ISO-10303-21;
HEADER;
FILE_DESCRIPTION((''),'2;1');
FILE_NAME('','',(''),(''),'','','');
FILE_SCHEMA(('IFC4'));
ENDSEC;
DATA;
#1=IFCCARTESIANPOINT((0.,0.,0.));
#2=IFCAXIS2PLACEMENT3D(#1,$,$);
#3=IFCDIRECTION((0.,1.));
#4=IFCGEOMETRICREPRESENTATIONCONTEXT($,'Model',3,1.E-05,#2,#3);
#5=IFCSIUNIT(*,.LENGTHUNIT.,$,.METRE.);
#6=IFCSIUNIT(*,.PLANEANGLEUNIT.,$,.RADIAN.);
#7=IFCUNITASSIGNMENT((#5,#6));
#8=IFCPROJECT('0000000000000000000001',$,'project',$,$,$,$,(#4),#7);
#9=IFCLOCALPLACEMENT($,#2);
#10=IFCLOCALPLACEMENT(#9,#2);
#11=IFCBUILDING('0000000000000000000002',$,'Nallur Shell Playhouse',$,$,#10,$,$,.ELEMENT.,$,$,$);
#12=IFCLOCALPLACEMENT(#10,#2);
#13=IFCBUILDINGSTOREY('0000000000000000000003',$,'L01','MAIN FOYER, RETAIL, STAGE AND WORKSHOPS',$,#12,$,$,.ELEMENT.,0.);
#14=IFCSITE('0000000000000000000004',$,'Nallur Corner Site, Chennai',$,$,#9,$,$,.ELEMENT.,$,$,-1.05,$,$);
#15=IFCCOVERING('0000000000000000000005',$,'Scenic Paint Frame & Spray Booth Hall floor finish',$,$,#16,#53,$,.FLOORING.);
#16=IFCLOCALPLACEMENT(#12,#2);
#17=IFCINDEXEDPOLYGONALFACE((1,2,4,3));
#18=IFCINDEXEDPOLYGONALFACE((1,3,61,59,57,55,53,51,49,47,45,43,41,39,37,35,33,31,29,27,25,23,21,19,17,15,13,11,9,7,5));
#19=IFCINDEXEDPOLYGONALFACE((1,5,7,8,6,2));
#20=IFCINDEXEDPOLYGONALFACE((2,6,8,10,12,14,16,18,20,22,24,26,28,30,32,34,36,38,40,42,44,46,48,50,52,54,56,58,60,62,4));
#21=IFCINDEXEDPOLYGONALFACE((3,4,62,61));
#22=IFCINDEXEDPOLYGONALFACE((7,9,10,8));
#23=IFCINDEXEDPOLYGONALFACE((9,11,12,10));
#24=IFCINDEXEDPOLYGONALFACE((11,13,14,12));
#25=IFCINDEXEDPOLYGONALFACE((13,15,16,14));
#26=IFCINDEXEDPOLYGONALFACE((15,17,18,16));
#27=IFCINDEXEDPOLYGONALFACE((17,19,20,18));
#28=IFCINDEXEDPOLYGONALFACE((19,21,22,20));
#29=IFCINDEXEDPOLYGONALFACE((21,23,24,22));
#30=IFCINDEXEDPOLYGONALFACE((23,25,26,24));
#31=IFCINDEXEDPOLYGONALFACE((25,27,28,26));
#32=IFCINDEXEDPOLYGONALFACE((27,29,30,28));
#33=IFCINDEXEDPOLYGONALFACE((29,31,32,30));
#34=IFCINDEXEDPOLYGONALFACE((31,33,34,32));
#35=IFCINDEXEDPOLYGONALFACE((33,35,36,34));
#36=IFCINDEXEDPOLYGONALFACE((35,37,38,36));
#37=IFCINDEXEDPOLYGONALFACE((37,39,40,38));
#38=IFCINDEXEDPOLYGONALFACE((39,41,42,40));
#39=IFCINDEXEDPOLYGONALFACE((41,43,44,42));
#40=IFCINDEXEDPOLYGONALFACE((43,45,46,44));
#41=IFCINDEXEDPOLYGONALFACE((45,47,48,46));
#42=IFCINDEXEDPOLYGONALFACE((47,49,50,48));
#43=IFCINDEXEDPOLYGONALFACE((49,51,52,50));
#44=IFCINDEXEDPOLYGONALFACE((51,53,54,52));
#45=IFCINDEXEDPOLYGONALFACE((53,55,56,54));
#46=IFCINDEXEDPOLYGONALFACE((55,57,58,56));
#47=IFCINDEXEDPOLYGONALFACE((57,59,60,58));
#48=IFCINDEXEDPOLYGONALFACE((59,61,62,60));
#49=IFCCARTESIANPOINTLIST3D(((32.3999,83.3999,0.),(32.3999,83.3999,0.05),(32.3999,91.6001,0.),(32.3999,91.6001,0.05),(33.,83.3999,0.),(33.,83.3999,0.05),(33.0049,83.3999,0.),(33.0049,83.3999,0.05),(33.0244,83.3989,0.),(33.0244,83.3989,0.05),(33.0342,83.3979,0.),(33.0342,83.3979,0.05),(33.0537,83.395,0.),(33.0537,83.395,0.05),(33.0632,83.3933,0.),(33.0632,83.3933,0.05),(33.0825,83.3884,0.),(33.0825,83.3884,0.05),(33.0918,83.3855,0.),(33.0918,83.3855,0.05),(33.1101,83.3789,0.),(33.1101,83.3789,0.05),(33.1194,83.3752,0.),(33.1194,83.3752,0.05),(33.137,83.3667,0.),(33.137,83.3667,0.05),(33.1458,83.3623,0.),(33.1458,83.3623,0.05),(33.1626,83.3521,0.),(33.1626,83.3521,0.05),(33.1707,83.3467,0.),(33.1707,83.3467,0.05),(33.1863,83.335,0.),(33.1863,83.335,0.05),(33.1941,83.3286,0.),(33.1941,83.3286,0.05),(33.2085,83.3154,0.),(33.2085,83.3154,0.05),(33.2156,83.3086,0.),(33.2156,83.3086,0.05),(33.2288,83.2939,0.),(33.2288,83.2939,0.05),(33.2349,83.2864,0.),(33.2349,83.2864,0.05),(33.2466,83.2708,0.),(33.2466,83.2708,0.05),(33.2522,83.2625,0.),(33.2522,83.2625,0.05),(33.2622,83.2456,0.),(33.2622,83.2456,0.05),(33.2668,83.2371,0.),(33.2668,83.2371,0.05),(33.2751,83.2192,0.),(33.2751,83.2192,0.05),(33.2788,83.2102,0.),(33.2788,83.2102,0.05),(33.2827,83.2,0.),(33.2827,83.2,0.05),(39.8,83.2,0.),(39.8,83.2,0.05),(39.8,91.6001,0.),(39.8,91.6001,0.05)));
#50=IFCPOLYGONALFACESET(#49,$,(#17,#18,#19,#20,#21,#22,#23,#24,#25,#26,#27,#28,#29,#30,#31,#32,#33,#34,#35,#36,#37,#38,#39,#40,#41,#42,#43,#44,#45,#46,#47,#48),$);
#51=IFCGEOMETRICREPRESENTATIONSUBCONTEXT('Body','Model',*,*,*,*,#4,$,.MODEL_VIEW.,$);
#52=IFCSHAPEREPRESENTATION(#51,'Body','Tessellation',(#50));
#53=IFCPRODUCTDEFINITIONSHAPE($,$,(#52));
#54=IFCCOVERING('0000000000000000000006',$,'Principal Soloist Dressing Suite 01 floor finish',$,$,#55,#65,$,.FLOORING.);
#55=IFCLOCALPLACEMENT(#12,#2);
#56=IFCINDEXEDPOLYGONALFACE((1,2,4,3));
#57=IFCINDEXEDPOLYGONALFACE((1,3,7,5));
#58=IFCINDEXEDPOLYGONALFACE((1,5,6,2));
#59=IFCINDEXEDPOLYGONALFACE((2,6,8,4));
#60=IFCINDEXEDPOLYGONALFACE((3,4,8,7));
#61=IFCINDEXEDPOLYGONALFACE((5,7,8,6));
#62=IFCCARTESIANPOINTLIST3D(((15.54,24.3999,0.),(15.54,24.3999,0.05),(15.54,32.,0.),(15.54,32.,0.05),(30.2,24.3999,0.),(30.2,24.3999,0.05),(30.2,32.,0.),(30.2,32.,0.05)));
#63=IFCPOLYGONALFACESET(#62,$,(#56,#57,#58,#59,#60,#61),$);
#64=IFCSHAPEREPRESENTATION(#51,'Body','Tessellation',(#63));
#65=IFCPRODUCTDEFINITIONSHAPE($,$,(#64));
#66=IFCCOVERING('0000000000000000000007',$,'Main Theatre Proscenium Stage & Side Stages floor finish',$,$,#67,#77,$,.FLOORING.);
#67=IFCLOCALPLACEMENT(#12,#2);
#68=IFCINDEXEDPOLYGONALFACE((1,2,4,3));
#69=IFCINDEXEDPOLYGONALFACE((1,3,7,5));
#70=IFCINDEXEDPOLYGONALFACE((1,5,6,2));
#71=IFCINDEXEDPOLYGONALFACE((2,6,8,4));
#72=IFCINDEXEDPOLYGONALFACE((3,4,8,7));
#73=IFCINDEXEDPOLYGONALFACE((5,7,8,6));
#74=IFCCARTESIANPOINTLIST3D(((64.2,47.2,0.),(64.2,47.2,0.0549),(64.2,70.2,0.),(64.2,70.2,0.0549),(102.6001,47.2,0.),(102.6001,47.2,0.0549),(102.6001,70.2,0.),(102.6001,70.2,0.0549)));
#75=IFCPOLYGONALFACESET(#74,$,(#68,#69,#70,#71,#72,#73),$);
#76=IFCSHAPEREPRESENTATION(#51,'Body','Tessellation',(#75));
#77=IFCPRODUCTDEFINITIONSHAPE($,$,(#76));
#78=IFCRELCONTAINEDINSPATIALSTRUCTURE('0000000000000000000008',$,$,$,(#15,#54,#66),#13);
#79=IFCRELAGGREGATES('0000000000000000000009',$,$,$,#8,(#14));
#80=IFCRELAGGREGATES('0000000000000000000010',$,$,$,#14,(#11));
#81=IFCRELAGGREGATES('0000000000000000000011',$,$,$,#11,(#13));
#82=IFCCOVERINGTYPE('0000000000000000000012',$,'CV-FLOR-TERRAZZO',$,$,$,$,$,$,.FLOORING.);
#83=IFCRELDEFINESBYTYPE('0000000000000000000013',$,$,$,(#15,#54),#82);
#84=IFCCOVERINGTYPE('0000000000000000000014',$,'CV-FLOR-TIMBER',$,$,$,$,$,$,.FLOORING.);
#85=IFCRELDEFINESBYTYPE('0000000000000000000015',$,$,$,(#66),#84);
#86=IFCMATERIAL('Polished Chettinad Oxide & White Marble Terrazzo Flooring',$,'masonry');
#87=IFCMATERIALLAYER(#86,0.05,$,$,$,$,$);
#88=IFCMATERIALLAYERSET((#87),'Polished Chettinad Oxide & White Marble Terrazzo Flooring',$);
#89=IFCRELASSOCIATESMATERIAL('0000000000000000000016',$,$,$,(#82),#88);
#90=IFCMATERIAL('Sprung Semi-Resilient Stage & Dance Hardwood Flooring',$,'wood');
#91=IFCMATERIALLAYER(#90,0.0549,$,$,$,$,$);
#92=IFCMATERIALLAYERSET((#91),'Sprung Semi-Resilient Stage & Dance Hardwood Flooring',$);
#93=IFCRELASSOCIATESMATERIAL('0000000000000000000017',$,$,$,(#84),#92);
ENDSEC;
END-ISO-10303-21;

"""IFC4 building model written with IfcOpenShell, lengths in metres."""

from ifc_helpers import new_model, si_unit, direction, origin, place, context, subcontext, project, spatial, polyline, outline, extrude, material, layer, layer_set, type_object, element, save


model = new_model("IFC4")

# Units and contexts
model_context = context("Model", 3, precision=1e-05, world=origin(), true_north=direction((0.0, 1.0)))
body_context = subcontext(model_context, "Body", "Model", "MODEL_VIEW")
ifc_project = project(units=[si_unit("LENGTHUNIT", "METRE"), si_unit("PLANEANGLEUNIT", "RADIAN")], contexts=[model_context])

# Site, building, storey
site_placement = place(None, origin())
site = spatial("IfcSite", under=ifc_project, at=site_placement, Name="Nallur Corner Site, Chennai", CompositionType="ELEMENT", RefElevation=-1.05)
building_placement = place(site_placement, origin())
building = spatial("IfcBuilding", under=site, at=building_placement, Name="Nallur Shell Playhouse", CompositionType="ELEMENT")
storey_placement = place(building_placement, origin())
storey = spatial("IfcBuildingStorey", under=building, at=storey_placement, Name="L01", Description="MAIN FOYER, RETAIL, STAGE AND WORKSHOPS", CompositionType="ELEMENT", Elevation=0.0)

# Coverings
ifc_material_1 = material(Name="Polished Chettinad Oxide & White Marble Terrazzo Flooring", Category="masonry")
ifc_layer_1 = layer(ifc_material_1, 0.05)
ifc_layer_set_1 = layer_set([ifc_layer_1], Name="Polished Chettinad Oxide & White Marble Terrazzo Flooring")
covering_type_1 = type_object("IfcCoveringType", Name="CV-FLOR-TERRAZZO", PredefinedType="FLOORING", material=ifc_layer_set_1)
covering_1_placement = place(storey_placement, origin())
element("IfcCovering", 1, at=covering_1_placement, inside=storey, type_object=covering_type_1, Name="Scenic Paint Frame & Spray Booth Hall floor finish", PredefinedType="FLOORING", context=body_context, shape_type="SweptSolid", body=[
    extrude(outline(polyline([(33.2466, 83.2708), (33.2349, 83.2864), (33.2288, 83.2939), (33.2156, 83.3086), (33.2085, 83.3154), (33.1941, 83.3286), (33.1863, 83.335), (33.1707, 83.3467), (33.1626, 83.3521), (33.1458, 83.3623), (33.137, 83.3667), (33.1194, 83.3752), (33.1101, 83.3789), (33.0918, 83.3855), (33.0825, 83.3884), (33.0632, 83.3933), (33.0537, 83.395), (33.0342, 83.3979), (33.0244, 83.3989), (33.0049, 83.3999), (33.0, 83.3999), (32.3999, 83.3999), (32.3999, 91.6001), (39.8, 91.6001), (39.8, 83.2), (33.2827, 83.2), (33.2788, 83.2102), (33.2751, 83.2192), (33.2668, 83.2371), (33.2622, 83.2456), (33.2522, 83.2625), (33.2466, 83.2708)])), origin(), (0.0, 0.0, 1.0), 0.05),
])
covering_2_placement = place(storey_placement, origin())
element("IfcCovering", 2, at=covering_2_placement, inside=storey, type_object=covering_type_1, Name="Principal Soloist Dressing Suite 01 floor finish", PredefinedType="FLOORING", context=body_context, shape_type="SweptSolid", body=[
    extrude(outline(polyline([(15.54, 24.3999), (15.54, 32.0), (30.2, 32.0), (30.2, 24.3999), (15.54, 24.3999)])), origin(), (0.0, 0.0, 1.0), 0.05),
])
ifc_material_2 = material(Name="Sprung Semi-Resilient Stage & Dance Hardwood Flooring", Category="wood")
ifc_layer_2 = layer(ifc_material_2, 0.0549)
ifc_layer_set_2 = layer_set([ifc_layer_2], Name="Sprung Semi-Resilient Stage & Dance Hardwood Flooring")
covering_type_2 = type_object("IfcCoveringType", Name="CV-FLOR-TIMBER", PredefinedType="FLOORING", material=ifc_layer_set_2)
covering_3_placement = place(storey_placement, origin())
element("IfcCovering", 3, at=covering_3_placement, inside=storey, type_object=covering_type_2, Name="Main Theatre Proscenium Stage & Side Stages floor finish", PredefinedType="FLOORING", context=body_context, shape_type="SweptSolid", body=[
    extrude(outline(polyline([(102.6001, 70.2), (102.6001, 47.2), (64.2, 47.2), (64.2, 70.2), (102.6001, 70.2)])), origin(), (0.0, 0.0, 1.0), 0.0549),
])

save(model, "model.ifc")
